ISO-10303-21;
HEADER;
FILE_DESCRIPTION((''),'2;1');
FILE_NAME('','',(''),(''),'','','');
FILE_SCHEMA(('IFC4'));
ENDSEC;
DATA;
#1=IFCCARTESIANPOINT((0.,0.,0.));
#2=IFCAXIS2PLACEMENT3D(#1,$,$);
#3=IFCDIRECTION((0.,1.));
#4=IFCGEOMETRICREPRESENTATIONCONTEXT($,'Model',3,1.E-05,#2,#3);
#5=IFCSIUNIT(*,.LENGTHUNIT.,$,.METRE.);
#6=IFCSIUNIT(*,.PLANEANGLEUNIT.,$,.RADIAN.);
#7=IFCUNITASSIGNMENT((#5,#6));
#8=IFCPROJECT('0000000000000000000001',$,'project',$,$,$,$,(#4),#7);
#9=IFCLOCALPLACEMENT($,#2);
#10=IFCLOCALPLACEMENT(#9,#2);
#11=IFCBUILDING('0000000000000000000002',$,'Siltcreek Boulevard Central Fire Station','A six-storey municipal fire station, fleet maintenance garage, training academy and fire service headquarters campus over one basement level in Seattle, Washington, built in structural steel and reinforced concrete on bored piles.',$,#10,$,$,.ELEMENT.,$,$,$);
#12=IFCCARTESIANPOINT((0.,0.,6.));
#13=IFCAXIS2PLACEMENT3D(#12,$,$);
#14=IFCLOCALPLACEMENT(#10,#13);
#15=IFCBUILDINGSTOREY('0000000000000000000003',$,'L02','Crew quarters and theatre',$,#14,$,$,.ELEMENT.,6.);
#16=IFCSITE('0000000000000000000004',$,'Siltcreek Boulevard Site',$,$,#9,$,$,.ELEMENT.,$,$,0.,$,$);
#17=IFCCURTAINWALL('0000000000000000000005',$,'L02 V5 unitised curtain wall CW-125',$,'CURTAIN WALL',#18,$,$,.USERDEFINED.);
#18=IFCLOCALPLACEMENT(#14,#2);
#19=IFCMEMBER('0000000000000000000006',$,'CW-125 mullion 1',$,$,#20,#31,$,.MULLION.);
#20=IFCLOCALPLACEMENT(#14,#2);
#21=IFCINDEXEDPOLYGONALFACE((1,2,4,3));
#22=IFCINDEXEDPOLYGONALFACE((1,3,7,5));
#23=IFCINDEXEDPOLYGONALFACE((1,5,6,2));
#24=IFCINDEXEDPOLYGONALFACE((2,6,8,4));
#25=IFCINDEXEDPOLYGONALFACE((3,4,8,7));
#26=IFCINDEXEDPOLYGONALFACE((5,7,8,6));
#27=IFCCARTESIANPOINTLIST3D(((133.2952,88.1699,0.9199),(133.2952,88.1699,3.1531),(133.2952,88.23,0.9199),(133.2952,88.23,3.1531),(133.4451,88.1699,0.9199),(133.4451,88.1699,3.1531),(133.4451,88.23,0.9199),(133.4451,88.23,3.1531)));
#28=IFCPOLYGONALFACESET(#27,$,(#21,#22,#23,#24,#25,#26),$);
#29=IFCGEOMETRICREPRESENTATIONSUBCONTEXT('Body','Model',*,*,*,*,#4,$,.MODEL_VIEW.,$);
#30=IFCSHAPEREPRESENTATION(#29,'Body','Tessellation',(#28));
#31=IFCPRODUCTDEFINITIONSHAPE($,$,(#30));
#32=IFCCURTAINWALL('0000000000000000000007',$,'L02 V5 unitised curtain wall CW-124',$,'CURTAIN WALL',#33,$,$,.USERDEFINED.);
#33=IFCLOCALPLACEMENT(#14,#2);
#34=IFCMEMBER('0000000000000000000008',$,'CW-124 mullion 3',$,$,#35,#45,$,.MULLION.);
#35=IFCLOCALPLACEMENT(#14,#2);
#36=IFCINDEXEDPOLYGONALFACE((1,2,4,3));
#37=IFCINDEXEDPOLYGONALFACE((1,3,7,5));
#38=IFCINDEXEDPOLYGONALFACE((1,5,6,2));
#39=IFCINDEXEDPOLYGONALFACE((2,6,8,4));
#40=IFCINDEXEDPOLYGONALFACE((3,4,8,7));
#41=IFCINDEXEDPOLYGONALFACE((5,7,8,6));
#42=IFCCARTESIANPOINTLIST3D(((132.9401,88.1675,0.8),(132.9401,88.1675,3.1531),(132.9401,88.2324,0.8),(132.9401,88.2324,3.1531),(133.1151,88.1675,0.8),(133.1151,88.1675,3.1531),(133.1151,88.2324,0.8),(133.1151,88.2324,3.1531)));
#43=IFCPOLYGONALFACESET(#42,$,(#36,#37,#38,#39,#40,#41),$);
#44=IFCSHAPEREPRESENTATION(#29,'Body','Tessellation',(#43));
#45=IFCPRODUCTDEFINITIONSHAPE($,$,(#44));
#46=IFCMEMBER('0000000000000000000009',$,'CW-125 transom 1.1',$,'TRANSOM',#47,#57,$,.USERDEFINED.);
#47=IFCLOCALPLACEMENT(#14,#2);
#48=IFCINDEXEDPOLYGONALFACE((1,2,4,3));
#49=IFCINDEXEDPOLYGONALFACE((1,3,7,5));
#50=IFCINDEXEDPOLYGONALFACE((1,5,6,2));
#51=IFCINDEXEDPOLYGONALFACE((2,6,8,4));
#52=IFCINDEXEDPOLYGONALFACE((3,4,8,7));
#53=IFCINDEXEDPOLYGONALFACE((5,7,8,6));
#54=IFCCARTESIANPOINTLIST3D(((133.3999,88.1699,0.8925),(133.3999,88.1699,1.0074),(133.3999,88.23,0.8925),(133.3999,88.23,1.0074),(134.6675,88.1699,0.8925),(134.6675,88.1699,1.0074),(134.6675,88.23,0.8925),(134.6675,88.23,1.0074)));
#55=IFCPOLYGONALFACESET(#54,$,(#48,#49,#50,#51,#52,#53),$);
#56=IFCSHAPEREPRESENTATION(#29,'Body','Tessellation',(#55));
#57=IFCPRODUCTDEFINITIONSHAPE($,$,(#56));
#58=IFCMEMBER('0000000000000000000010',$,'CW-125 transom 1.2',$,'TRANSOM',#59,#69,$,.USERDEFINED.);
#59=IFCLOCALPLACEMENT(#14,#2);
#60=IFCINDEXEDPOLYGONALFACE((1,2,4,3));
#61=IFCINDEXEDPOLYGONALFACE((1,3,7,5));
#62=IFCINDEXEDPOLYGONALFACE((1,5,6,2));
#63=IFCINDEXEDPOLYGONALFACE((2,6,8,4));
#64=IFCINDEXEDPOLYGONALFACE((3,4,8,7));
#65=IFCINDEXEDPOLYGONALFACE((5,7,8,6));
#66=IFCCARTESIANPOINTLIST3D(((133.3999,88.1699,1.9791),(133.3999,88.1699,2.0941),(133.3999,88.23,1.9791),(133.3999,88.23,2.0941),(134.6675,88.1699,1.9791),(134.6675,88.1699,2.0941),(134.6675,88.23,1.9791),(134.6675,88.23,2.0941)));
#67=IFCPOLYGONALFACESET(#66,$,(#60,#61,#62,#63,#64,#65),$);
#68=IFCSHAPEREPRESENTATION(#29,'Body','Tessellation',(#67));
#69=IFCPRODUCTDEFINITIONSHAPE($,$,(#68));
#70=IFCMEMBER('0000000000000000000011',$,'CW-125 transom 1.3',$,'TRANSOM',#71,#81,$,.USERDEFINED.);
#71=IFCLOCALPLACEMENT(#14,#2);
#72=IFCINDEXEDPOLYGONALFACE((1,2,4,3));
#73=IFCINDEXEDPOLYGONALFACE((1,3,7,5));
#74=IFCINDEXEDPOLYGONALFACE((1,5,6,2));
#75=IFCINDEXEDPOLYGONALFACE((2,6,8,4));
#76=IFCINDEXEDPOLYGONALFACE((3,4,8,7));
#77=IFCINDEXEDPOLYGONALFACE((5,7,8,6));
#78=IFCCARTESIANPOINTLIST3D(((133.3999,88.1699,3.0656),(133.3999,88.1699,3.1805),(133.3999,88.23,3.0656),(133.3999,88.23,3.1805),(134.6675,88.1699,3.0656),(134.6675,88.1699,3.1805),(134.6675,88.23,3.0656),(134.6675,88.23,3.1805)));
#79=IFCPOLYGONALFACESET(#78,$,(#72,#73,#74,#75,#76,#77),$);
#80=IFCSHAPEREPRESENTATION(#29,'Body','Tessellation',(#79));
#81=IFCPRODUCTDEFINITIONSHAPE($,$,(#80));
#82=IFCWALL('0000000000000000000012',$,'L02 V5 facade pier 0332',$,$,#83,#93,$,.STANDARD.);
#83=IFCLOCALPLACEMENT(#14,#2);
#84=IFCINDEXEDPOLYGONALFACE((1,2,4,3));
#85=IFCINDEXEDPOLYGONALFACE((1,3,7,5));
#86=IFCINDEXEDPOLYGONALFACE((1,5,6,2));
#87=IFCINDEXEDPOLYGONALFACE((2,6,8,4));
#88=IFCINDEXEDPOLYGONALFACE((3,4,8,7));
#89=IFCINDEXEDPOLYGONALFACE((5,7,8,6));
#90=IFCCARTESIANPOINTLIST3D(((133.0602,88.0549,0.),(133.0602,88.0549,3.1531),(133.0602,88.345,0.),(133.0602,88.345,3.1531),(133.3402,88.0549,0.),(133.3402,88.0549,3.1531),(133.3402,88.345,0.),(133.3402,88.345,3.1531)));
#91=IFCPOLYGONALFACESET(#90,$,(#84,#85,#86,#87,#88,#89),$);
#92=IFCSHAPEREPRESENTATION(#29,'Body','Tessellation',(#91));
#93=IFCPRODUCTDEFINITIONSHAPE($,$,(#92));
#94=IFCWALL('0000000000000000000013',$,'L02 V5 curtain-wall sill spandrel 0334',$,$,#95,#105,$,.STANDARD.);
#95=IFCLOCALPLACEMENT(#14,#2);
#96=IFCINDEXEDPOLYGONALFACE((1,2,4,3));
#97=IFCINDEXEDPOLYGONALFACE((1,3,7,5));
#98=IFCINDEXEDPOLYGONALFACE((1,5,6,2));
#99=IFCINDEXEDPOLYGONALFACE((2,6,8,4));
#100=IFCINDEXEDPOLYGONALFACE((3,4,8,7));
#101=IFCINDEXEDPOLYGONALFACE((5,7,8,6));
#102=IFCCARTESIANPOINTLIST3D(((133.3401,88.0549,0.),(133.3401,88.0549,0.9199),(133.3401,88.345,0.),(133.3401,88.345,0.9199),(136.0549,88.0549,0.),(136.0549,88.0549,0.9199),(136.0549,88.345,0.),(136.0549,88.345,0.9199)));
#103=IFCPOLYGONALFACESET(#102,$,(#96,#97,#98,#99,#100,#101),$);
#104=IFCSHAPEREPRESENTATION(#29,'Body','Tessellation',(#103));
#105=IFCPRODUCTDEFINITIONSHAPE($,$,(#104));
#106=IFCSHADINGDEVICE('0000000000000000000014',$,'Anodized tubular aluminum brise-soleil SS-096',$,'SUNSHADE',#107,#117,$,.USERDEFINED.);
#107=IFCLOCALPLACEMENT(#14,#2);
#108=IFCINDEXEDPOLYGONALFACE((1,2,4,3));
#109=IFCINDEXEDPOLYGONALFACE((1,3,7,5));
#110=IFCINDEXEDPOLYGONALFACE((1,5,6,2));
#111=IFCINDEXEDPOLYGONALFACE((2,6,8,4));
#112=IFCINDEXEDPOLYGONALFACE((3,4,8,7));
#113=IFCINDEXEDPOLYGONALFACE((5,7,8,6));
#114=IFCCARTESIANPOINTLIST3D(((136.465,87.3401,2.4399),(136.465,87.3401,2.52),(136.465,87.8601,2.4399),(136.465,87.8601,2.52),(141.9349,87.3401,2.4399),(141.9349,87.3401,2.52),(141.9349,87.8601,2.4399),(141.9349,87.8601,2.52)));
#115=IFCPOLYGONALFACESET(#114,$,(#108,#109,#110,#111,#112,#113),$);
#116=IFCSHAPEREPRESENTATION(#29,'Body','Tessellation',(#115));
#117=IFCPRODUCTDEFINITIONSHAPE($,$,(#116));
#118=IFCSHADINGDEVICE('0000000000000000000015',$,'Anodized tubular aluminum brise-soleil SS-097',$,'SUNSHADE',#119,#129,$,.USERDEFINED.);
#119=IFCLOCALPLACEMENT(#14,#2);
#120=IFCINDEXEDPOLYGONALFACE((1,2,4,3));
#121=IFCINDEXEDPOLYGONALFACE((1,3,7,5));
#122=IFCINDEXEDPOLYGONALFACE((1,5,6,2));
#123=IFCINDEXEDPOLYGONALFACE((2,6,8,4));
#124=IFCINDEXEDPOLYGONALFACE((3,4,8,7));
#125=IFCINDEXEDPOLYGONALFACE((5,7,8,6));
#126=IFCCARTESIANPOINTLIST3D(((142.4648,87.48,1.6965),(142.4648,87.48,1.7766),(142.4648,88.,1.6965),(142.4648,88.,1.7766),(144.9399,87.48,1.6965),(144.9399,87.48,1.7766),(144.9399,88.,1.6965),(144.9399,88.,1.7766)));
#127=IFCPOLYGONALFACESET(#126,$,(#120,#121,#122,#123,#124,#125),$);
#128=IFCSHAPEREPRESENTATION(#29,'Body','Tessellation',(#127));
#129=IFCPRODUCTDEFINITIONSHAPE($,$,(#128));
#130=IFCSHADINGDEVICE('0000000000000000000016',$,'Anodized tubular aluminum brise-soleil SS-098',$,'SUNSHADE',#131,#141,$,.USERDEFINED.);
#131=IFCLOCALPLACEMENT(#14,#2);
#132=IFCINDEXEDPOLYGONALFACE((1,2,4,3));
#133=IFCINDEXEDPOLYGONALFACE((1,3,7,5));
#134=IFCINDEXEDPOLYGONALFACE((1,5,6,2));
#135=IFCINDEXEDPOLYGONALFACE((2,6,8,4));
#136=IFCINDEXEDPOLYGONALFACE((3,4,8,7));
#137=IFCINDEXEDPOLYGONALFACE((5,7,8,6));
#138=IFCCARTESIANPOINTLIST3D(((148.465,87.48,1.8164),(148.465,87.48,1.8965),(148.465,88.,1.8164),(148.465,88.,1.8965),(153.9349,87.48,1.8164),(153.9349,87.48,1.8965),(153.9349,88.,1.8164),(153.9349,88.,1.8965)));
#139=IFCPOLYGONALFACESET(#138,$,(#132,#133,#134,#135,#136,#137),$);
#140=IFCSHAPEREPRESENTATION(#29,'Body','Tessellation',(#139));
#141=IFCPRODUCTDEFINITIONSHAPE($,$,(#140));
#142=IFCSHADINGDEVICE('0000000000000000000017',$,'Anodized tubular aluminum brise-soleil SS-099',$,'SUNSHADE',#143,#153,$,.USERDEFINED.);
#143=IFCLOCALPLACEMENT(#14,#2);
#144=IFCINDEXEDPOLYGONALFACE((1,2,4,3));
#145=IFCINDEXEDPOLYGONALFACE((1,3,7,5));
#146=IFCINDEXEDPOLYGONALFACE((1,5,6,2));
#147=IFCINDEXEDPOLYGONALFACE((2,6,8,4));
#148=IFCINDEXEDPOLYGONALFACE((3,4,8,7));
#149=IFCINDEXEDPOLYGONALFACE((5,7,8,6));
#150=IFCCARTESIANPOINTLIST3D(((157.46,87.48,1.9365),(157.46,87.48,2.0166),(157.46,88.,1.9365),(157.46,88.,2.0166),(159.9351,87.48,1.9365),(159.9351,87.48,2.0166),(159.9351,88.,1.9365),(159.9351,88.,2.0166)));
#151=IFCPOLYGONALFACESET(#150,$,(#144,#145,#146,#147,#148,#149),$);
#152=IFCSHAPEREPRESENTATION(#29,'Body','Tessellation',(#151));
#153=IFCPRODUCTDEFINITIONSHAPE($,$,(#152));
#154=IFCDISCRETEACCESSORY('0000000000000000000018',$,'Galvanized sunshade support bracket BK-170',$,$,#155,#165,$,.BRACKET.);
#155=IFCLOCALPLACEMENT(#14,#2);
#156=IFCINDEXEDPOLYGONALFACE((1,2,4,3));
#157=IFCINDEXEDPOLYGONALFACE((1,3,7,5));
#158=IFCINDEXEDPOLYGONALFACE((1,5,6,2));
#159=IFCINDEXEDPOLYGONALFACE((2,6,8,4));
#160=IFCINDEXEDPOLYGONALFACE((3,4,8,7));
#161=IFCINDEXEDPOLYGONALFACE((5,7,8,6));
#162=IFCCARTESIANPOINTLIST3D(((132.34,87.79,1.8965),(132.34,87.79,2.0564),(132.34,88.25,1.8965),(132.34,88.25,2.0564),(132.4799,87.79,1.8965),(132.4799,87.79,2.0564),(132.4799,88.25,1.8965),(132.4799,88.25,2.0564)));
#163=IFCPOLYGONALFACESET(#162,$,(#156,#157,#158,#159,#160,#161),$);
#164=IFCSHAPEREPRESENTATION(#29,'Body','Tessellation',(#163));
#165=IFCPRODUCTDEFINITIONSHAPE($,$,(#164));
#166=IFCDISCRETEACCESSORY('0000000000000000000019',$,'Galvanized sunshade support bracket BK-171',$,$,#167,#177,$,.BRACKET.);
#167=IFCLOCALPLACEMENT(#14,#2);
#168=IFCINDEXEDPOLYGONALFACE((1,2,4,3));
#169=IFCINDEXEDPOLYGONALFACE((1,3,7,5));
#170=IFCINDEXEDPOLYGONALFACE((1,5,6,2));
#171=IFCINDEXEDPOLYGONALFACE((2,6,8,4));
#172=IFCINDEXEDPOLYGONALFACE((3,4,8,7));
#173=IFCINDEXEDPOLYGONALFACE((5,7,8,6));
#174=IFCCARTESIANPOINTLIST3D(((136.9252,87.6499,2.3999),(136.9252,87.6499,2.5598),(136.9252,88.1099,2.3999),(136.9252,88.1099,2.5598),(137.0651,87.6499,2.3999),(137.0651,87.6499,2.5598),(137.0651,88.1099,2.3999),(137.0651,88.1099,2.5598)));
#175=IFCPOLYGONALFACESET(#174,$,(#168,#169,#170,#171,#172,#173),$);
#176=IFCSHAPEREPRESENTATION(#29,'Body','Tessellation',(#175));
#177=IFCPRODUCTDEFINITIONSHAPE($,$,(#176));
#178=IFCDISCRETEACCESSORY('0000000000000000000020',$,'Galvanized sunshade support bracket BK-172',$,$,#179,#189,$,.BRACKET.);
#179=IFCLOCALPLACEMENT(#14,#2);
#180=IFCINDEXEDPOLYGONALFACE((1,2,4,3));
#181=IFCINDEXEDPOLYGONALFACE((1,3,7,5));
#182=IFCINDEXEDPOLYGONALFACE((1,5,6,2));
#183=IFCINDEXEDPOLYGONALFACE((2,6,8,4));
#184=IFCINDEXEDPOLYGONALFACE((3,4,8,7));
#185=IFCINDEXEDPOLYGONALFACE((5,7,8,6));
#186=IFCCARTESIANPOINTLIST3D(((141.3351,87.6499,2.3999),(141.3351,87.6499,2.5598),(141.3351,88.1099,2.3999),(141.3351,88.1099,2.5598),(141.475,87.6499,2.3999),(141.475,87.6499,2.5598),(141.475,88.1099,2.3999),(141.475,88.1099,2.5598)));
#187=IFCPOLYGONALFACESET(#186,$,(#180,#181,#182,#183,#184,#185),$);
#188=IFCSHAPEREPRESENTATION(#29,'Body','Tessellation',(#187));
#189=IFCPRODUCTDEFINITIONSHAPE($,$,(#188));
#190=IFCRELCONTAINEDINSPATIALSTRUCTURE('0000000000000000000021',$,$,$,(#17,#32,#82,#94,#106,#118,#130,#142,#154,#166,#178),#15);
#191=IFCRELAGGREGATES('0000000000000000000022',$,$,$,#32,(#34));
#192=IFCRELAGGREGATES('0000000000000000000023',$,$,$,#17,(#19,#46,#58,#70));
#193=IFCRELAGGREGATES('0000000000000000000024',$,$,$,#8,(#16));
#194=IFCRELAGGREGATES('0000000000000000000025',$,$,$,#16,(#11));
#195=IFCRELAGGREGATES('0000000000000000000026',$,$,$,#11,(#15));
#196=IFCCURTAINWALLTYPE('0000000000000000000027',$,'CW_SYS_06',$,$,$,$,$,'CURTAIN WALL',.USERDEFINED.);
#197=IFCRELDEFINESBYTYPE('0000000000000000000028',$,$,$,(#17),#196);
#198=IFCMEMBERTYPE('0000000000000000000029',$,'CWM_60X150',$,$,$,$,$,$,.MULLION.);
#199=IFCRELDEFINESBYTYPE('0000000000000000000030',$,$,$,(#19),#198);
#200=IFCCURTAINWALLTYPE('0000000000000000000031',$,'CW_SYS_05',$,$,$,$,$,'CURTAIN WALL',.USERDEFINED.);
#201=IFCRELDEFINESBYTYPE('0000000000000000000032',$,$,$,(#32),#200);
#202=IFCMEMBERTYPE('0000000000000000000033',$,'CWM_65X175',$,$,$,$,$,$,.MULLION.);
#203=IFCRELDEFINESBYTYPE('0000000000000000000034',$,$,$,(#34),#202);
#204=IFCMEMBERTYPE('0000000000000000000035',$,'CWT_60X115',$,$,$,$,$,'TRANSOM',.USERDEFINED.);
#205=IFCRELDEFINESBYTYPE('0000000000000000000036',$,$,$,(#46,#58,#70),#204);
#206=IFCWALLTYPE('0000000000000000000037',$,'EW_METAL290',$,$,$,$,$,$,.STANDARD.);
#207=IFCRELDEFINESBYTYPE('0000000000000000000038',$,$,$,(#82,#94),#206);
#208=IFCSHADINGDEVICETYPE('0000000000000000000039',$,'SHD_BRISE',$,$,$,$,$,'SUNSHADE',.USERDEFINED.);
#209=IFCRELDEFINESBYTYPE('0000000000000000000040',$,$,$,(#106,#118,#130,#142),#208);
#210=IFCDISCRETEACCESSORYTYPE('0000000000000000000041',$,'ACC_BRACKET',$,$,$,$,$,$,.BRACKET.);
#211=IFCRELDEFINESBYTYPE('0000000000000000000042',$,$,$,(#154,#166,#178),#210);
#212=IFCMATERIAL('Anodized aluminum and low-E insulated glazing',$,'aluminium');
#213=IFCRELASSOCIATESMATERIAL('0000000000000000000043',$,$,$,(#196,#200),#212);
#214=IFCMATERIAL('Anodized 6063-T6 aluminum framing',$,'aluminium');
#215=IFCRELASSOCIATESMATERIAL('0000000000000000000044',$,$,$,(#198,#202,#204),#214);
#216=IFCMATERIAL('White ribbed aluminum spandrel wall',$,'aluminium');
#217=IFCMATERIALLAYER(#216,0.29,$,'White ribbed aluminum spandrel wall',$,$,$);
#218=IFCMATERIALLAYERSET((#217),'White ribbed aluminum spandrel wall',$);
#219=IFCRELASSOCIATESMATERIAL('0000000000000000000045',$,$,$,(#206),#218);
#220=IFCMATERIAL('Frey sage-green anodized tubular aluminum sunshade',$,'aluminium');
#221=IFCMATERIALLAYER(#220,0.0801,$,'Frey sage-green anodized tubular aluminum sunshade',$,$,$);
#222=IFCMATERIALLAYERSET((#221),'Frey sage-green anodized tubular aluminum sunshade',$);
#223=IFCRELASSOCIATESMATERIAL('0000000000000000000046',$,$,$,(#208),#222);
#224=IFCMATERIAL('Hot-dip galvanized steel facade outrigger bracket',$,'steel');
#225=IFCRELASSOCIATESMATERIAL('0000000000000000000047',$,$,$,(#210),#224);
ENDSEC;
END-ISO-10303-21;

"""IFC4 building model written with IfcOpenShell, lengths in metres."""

from ifc_helpers import new_model, si_unit, direction, frame, frame_2d, origin, origin_2d, place, context, subcontext, project, spatial, rectangle, extrude, material, layer, layer_set, material_profile, profile_set, type_object, element, aggregate, save


model = new_model("IFC4")

# Units and contexts
model_context = context("Model", 3, precision=1e-05, world=origin(), true_north=direction((0.0, 1.0)))
body_context = subcontext(model_context, "Body", "Model", "MODEL_VIEW")
ifc_project = project(units=[si_unit("LENGTHUNIT", "METRE"), si_unit("PLANEANGLEUNIT", "RADIAN")], contexts=[model_context])

# Site, building, storey
site_placement = place(None, origin())
site = spatial("IfcSite", under=ifc_project, at=site_placement, Name="Siltcreek Boulevard Site", CompositionType="ELEMENT", RefElevation=0.0)
building_placement = place(site_placement, origin())
building = spatial("IfcBuilding", under=site, at=building_placement, Name="Siltcreek Boulevard Central Fire Station", Description="A six-storey municipal fire station, fleet maintenance garage, training academy and fire service headquarters campus over one basement level in Seattle, Washington, built in structural steel and reinforced concrete on bored piles.", CompositionType="ELEMENT")
storey_placement = place(building_placement, frame((0.0, 0.0, 6.0)))
storey = spatial("IfcBuildingStorey", under=building, at=storey_placement, Name="L02", Description="Crew quarters and theatre", CompositionType="ELEMENT", Elevation=6.0)

# Curtain walls, members
ifc_material_1 = material(Name="Anodized aluminum and low-E insulated glazing", Category="aluminium")
curtain_wall_type_1 = type_object("IfcCurtainWallType", Name="CW_SYS_06", ElementType="CURTAIN WALL", PredefinedType="USERDEFINED", material=ifc_material_1)
curtain_wall_1_placement = place(storey_placement, origin())
curtain_wall_1 = element("IfcCurtainWall", 1, at=curtain_wall_1_placement, inside=storey, type_object=curtain_wall_type_1, Name="L02 V5 unitised curtain wall CW-125", ObjectType="CURTAIN WALL", PredefinedType="USERDEFINED")
ifc_material_2 = material(Name="Anodized 6063-T6 aluminum framing", Category="aluminium")
ifc_material_profile_1 = material_profile(ifc_material_2, rectangle(XDim=0.0601, YDim=0.1499, at=origin_2d()), Name="MULL60X150")
ifc_profile_set_1 = profile_set([ifc_material_profile_1], Name="Anodized 6063-T6 aluminum framing")
member_type_1 = type_object("IfcMemberType", Name="CWM_60X150", PredefinedType="MULLION", material=ifc_profile_set_1)
member_1_placement = place(storey_placement, frame((133.3701, 88.2, 0.9199), z_axis=(0.0, 0.0, 1.0), x_axis=(0.0, 1.0, 0.0)))
member_1 = element("IfcMember", 2, at=member_1_placement, type_object=member_type_1, Name="CW-125 mullion 1", PredefinedType="MULLION", context=body_context, shape_type="SweptSolid", body=[
    extrude(rectangle(XDim=0.0601, YDim=0.1499, at=origin_2d()), origin(), (0.0, 0.0, 1.0), 2.2332),
])
curtain_wall_type_2 = type_object("IfcCurtainWallType", Name="CW_SYS_05", ElementType="CURTAIN WALL", PredefinedType="USERDEFINED", material=ifc_material_1)
curtain_wall_2_placement = place(storey_placement, origin())
curtain_wall_2 = element("IfcCurtainWall", 3, at=curtain_wall_2_placement, inside=storey, type_object=curtain_wall_type_2, Name="L02 V5 unitised curtain wall CW-124", ObjectType="CURTAIN WALL", PredefinedType="USERDEFINED")
ifc_material_profile_2 = material_profile(ifc_material_2, rectangle(XDim=0.0649, YDim=0.175, at=origin_2d()), Name="MULL65X175")
ifc_profile_set_2 = profile_set([ifc_material_profile_2], Name="Anodized 6063-T6 aluminum framing")
member_type_2 = type_object("IfcMemberType", Name="CWM_65X175", PredefinedType="MULLION", material=ifc_profile_set_2)
member_2_placement = place(storey_placement, frame((133.0276, 88.2, 0.8), z_axis=(0.0, 0.0, 1.0), x_axis=(0.0, 1.0, 0.0)))
member_2 = element("IfcMember", 4, at=member_2_placement, type_object=member_type_2, Name="CW-124 mullion 3", PredefinedType="MULLION", context=body_context, shape_type="SweptSolid", body=[
    extrude(rectangle(XDim=0.0649, YDim=0.175, at=origin_2d()), origin(), (0.0, 0.0, 1.0), 2.353),
])
aggregate(curtain_wall_2, [member_2])

# Members
ifc_material_profile_3 = material_profile(ifc_material_2, rectangle(XDim=0.0601, YDim=0.115, at=origin_2d()), Name="TRAN60X115")
ifc_profile_set_3 = profile_set([ifc_material_profile_3], Name="Anodized 6063-T6 aluminum framing")
member_type_3 = type_object("IfcMemberType", Name="CWT_60X115", ElementType="TRANSOM", PredefinedType="USERDEFINED", material=ifc_profile_set_3)
member_3_placement = place(storey_placement, frame((133.3999, 88.2, 0.95), z_axis=(1.0, 0.0, 0.0), x_axis=(0.0, 1.0, 0.0)))
member_3 = element("IfcMember", 5, at=member_3_placement, type_object=member_type_3, Name="CW-125 transom 1.1", ObjectType="TRANSOM", PredefinedType="USERDEFINED", context=body_context, shape_type="SweptSolid", body=[
    extrude(rectangle(XDim=0.0601, YDim=0.115, at=origin_2d()), origin(), (0.0, 0.0, 1.0), 1.2676),
])
member_4_placement = place(storey_placement, frame((133.3999, 88.2, 2.0366), z_axis=(1.0, 0.0, 0.0), x_axis=(0.0, 1.0, 0.0)))
member_4 = element("IfcMember", 6, at=member_4_placement, type_object=member_type_3, Name="CW-125 transom 1.2", ObjectType="TRANSOM", PredefinedType="USERDEFINED", context=body_context, shape_type="SweptSolid", body=[
    extrude(rectangle(XDim=0.0601, YDim=0.115, at=origin_2d()), origin(), (0.0, 0.0, 1.0), 1.2676),
])
member_5_placement = place(storey_placement, frame((133.3999, 88.2, 3.123), z_axis=(1.0, 0.0, 0.0), x_axis=(0.0, 1.0, 0.0)))
member_5 = element("IfcMember", 7, at=member_5_placement, type_object=member_type_3, Name="CW-125 transom 1.3", ObjectType="TRANSOM", PredefinedType="USERDEFINED", context=body_context, shape_type="SweptSolid", body=[
    extrude(rectangle(XDim=0.0601, YDim=0.115, at=origin_2d()), origin(), (0.0, 0.0, 1.0), 1.2676),
])
aggregate(curtain_wall_1, [member_1, member_3, member_4, member_5])

# Walls
ifc_material_3 = material(Name="White ribbed aluminum spandrel wall", Category="aluminium")
ifc_layer_1 = layer(ifc_material_3, 0.29, Name="White ribbed aluminum spandrel wall")
ifc_layer_set_1 = layer_set([ifc_layer_1], Name="White ribbed aluminum spandrel wall")
wall_type = type_object("IfcWallType", Name="EW_METAL290", PredefinedType="STANDARD", material=ifc_layer_set_1)
wall_1_placement = place(storey_placement, frame((133.0601, 88.2, 0.0), z_axis=(0.0, 0.0, 1.0), x_axis=(1.0, 0.0, 0.0)))
element("IfcWall", 8, at=wall_1_placement, inside=storey, type_object=wall_type, Name="L02 V5 facade pier 0332", PredefinedType="STANDARD", context=body_context, shape_type="SweptSolid", body=[
    extrude(rectangle(XDim=0.28, YDim=0.29, at=frame_2d((0.1401, 0.0))), origin(), (0.0, 0.0, 1.0), 3.1531),
])
wall_2_placement = place(storey_placement, frame((133.3401, 88.2, 0.0), z_axis=(0.0, 0.0, 1.0), x_axis=(1.0, 0.0, 0.0)))
element("IfcWall", 9, at=wall_2_placement, inside=storey, type_object=wall_type, Name="L02 V5 curtain-wall sill spandrel 0334", PredefinedType="STANDARD", context=body_context, shape_type="SweptSolid", body=[
    extrude(rectangle(XDim=2.7148, YDim=0.29, at=frame_2d((1.3574, 0.0))), origin(), (0.0, 0.0, 1.0), 0.9199),
])

# Shading devices
ifc_material_4 = material(Name="Frey sage-green anodized tubular aluminum sunshade", Category="aluminium")
ifc_layer_2 = layer(ifc_material_4, 0.0801, Name="Frey sage-green anodized tubular aluminum sunshade")
ifc_layer_set_2 = layer_set([ifc_layer_2], Name="Frey sage-green anodized tubular aluminum sunshade")
shading_device_type = type_object("IfcShadingDeviceType", Name="SHD_BRISE", ElementType="SUNSHADE", PredefinedType="USERDEFINED", material=ifc_layer_set_2)
shading_device_1_placement = place(storey_placement, frame((139.2, 87.6001, 2.4399), z_axis=(0.0, 0.0, 1.0), x_axis=(1.0, 0.0, 0.0)))
element("IfcShadingDevice", 10, at=shading_device_1_placement, inside=storey, type_object=shading_device_type, Name="Anodized tubular aluminum brise-soleil SS-096", ObjectType="SUNSHADE", PredefinedType="USERDEFINED", context=body_context, shape_type="SweptSolid", body=[
    extrude(rectangle(XDim=5.47, YDim=0.52, at=origin_2d()), origin(), (0.0, 0.0, 1.0), 0.0801),
])
shading_device_2_placement = place(storey_placement, frame((143.7024, 87.74, 1.6965), z_axis=(0.0, 0.0, 1.0), x_axis=(1.0, 0.0, 0.0)))
element("IfcShadingDevice", 11, at=shading_device_2_placement, inside=storey, type_object=shading_device_type, Name="Anodized tubular aluminum brise-soleil SS-097", ObjectType="SUNSHADE", PredefinedType="USERDEFINED", context=body_context, shape_type="SweptSolid", body=[
    extrude(rectangle(XDim=2.4751, YDim=0.52, at=origin_2d()), origin(), (0.0, 0.0, 1.0), 0.0801),
])
shading_device_3_placement = place(storey_placement, frame((151.2, 87.74, 1.8164), z_axis=(0.0, 0.0, 1.0), x_axis=(1.0, 0.0, 0.0)))
element("IfcShadingDevice", 12, at=shading_device_3_placement, inside=storey, type_object=shading_device_type, Name="Anodized tubular aluminum brise-soleil SS-098", ObjectType="SUNSHADE", PredefinedType="USERDEFINED", context=body_context, shape_type="SweptSolid", body=[
    extrude(rectangle(XDim=5.47, YDim=0.52, at=origin_2d()), origin(), (0.0, 0.0, 1.0), 0.0801),
])
shading_device_4_placement = place(storey_placement, frame((158.6975, 87.74, 1.9365), z_axis=(0.0, 0.0, 1.0), x_axis=(1.0, 0.0, 0.0)))
element("IfcShadingDevice", 13, at=shading_device_4_placement, inside=storey, type_object=shading_device_type, Name="Anodized tubular aluminum brise-soleil SS-099", ObjectType="SUNSHADE", PredefinedType="USERDEFINED", context=body_context, shape_type="SweptSolid", body=[
    extrude(rectangle(XDim=2.4751, YDim=0.52, at=origin_2d()), origin(), (0.0, 0.0, 1.0), 0.0801),
])

# Discrete accessories
ifc_material_5 = material(Name="Hot-dip galvanized steel facade outrigger bracket", Category="steel")
discrete_accessory_type = type_object("IfcDiscreteAccessoryType", Name="ACC_BRACKET", PredefinedType="BRACKET", material=ifc_material_5)
for number, where, z_axis, x_axis, name in (
    (14, (132.4099, 88.02, 1.8965), (0.0, 0.0, 1.0), (1.0, 0.0, 0.0), "Galvanized sunshade support bracket BK-170"),
    (15, (136.9951, 87.8799, 2.3999), (0.0, 0.0, 1.0), (1.0, 0.0, 0.0), "Galvanized sunshade support bracket BK-171"),
    (16, (141.405, 87.8799, 2.3999), (0.0, 0.0, 1.0), (1.0, 0.0, 0.0), "Galvanized sunshade support bracket BK-172"),
):
    element("IfcDiscreteAccessory", number, at=place(storey_placement, frame(where, z_axis=z_axis, x_axis=x_axis)), inside=storey, type_object=discrete_accessory_type, Name=name, PredefinedType="BRACKET", context=body_context, shape_type="SweptSolid", body=[
        extrude(rectangle(XDim=0.1399, YDim=0.46, at=origin_2d()), origin(), (0.0, 0.0, 1.0), 0.1599),
    ])

save(model, "model.ifc")
